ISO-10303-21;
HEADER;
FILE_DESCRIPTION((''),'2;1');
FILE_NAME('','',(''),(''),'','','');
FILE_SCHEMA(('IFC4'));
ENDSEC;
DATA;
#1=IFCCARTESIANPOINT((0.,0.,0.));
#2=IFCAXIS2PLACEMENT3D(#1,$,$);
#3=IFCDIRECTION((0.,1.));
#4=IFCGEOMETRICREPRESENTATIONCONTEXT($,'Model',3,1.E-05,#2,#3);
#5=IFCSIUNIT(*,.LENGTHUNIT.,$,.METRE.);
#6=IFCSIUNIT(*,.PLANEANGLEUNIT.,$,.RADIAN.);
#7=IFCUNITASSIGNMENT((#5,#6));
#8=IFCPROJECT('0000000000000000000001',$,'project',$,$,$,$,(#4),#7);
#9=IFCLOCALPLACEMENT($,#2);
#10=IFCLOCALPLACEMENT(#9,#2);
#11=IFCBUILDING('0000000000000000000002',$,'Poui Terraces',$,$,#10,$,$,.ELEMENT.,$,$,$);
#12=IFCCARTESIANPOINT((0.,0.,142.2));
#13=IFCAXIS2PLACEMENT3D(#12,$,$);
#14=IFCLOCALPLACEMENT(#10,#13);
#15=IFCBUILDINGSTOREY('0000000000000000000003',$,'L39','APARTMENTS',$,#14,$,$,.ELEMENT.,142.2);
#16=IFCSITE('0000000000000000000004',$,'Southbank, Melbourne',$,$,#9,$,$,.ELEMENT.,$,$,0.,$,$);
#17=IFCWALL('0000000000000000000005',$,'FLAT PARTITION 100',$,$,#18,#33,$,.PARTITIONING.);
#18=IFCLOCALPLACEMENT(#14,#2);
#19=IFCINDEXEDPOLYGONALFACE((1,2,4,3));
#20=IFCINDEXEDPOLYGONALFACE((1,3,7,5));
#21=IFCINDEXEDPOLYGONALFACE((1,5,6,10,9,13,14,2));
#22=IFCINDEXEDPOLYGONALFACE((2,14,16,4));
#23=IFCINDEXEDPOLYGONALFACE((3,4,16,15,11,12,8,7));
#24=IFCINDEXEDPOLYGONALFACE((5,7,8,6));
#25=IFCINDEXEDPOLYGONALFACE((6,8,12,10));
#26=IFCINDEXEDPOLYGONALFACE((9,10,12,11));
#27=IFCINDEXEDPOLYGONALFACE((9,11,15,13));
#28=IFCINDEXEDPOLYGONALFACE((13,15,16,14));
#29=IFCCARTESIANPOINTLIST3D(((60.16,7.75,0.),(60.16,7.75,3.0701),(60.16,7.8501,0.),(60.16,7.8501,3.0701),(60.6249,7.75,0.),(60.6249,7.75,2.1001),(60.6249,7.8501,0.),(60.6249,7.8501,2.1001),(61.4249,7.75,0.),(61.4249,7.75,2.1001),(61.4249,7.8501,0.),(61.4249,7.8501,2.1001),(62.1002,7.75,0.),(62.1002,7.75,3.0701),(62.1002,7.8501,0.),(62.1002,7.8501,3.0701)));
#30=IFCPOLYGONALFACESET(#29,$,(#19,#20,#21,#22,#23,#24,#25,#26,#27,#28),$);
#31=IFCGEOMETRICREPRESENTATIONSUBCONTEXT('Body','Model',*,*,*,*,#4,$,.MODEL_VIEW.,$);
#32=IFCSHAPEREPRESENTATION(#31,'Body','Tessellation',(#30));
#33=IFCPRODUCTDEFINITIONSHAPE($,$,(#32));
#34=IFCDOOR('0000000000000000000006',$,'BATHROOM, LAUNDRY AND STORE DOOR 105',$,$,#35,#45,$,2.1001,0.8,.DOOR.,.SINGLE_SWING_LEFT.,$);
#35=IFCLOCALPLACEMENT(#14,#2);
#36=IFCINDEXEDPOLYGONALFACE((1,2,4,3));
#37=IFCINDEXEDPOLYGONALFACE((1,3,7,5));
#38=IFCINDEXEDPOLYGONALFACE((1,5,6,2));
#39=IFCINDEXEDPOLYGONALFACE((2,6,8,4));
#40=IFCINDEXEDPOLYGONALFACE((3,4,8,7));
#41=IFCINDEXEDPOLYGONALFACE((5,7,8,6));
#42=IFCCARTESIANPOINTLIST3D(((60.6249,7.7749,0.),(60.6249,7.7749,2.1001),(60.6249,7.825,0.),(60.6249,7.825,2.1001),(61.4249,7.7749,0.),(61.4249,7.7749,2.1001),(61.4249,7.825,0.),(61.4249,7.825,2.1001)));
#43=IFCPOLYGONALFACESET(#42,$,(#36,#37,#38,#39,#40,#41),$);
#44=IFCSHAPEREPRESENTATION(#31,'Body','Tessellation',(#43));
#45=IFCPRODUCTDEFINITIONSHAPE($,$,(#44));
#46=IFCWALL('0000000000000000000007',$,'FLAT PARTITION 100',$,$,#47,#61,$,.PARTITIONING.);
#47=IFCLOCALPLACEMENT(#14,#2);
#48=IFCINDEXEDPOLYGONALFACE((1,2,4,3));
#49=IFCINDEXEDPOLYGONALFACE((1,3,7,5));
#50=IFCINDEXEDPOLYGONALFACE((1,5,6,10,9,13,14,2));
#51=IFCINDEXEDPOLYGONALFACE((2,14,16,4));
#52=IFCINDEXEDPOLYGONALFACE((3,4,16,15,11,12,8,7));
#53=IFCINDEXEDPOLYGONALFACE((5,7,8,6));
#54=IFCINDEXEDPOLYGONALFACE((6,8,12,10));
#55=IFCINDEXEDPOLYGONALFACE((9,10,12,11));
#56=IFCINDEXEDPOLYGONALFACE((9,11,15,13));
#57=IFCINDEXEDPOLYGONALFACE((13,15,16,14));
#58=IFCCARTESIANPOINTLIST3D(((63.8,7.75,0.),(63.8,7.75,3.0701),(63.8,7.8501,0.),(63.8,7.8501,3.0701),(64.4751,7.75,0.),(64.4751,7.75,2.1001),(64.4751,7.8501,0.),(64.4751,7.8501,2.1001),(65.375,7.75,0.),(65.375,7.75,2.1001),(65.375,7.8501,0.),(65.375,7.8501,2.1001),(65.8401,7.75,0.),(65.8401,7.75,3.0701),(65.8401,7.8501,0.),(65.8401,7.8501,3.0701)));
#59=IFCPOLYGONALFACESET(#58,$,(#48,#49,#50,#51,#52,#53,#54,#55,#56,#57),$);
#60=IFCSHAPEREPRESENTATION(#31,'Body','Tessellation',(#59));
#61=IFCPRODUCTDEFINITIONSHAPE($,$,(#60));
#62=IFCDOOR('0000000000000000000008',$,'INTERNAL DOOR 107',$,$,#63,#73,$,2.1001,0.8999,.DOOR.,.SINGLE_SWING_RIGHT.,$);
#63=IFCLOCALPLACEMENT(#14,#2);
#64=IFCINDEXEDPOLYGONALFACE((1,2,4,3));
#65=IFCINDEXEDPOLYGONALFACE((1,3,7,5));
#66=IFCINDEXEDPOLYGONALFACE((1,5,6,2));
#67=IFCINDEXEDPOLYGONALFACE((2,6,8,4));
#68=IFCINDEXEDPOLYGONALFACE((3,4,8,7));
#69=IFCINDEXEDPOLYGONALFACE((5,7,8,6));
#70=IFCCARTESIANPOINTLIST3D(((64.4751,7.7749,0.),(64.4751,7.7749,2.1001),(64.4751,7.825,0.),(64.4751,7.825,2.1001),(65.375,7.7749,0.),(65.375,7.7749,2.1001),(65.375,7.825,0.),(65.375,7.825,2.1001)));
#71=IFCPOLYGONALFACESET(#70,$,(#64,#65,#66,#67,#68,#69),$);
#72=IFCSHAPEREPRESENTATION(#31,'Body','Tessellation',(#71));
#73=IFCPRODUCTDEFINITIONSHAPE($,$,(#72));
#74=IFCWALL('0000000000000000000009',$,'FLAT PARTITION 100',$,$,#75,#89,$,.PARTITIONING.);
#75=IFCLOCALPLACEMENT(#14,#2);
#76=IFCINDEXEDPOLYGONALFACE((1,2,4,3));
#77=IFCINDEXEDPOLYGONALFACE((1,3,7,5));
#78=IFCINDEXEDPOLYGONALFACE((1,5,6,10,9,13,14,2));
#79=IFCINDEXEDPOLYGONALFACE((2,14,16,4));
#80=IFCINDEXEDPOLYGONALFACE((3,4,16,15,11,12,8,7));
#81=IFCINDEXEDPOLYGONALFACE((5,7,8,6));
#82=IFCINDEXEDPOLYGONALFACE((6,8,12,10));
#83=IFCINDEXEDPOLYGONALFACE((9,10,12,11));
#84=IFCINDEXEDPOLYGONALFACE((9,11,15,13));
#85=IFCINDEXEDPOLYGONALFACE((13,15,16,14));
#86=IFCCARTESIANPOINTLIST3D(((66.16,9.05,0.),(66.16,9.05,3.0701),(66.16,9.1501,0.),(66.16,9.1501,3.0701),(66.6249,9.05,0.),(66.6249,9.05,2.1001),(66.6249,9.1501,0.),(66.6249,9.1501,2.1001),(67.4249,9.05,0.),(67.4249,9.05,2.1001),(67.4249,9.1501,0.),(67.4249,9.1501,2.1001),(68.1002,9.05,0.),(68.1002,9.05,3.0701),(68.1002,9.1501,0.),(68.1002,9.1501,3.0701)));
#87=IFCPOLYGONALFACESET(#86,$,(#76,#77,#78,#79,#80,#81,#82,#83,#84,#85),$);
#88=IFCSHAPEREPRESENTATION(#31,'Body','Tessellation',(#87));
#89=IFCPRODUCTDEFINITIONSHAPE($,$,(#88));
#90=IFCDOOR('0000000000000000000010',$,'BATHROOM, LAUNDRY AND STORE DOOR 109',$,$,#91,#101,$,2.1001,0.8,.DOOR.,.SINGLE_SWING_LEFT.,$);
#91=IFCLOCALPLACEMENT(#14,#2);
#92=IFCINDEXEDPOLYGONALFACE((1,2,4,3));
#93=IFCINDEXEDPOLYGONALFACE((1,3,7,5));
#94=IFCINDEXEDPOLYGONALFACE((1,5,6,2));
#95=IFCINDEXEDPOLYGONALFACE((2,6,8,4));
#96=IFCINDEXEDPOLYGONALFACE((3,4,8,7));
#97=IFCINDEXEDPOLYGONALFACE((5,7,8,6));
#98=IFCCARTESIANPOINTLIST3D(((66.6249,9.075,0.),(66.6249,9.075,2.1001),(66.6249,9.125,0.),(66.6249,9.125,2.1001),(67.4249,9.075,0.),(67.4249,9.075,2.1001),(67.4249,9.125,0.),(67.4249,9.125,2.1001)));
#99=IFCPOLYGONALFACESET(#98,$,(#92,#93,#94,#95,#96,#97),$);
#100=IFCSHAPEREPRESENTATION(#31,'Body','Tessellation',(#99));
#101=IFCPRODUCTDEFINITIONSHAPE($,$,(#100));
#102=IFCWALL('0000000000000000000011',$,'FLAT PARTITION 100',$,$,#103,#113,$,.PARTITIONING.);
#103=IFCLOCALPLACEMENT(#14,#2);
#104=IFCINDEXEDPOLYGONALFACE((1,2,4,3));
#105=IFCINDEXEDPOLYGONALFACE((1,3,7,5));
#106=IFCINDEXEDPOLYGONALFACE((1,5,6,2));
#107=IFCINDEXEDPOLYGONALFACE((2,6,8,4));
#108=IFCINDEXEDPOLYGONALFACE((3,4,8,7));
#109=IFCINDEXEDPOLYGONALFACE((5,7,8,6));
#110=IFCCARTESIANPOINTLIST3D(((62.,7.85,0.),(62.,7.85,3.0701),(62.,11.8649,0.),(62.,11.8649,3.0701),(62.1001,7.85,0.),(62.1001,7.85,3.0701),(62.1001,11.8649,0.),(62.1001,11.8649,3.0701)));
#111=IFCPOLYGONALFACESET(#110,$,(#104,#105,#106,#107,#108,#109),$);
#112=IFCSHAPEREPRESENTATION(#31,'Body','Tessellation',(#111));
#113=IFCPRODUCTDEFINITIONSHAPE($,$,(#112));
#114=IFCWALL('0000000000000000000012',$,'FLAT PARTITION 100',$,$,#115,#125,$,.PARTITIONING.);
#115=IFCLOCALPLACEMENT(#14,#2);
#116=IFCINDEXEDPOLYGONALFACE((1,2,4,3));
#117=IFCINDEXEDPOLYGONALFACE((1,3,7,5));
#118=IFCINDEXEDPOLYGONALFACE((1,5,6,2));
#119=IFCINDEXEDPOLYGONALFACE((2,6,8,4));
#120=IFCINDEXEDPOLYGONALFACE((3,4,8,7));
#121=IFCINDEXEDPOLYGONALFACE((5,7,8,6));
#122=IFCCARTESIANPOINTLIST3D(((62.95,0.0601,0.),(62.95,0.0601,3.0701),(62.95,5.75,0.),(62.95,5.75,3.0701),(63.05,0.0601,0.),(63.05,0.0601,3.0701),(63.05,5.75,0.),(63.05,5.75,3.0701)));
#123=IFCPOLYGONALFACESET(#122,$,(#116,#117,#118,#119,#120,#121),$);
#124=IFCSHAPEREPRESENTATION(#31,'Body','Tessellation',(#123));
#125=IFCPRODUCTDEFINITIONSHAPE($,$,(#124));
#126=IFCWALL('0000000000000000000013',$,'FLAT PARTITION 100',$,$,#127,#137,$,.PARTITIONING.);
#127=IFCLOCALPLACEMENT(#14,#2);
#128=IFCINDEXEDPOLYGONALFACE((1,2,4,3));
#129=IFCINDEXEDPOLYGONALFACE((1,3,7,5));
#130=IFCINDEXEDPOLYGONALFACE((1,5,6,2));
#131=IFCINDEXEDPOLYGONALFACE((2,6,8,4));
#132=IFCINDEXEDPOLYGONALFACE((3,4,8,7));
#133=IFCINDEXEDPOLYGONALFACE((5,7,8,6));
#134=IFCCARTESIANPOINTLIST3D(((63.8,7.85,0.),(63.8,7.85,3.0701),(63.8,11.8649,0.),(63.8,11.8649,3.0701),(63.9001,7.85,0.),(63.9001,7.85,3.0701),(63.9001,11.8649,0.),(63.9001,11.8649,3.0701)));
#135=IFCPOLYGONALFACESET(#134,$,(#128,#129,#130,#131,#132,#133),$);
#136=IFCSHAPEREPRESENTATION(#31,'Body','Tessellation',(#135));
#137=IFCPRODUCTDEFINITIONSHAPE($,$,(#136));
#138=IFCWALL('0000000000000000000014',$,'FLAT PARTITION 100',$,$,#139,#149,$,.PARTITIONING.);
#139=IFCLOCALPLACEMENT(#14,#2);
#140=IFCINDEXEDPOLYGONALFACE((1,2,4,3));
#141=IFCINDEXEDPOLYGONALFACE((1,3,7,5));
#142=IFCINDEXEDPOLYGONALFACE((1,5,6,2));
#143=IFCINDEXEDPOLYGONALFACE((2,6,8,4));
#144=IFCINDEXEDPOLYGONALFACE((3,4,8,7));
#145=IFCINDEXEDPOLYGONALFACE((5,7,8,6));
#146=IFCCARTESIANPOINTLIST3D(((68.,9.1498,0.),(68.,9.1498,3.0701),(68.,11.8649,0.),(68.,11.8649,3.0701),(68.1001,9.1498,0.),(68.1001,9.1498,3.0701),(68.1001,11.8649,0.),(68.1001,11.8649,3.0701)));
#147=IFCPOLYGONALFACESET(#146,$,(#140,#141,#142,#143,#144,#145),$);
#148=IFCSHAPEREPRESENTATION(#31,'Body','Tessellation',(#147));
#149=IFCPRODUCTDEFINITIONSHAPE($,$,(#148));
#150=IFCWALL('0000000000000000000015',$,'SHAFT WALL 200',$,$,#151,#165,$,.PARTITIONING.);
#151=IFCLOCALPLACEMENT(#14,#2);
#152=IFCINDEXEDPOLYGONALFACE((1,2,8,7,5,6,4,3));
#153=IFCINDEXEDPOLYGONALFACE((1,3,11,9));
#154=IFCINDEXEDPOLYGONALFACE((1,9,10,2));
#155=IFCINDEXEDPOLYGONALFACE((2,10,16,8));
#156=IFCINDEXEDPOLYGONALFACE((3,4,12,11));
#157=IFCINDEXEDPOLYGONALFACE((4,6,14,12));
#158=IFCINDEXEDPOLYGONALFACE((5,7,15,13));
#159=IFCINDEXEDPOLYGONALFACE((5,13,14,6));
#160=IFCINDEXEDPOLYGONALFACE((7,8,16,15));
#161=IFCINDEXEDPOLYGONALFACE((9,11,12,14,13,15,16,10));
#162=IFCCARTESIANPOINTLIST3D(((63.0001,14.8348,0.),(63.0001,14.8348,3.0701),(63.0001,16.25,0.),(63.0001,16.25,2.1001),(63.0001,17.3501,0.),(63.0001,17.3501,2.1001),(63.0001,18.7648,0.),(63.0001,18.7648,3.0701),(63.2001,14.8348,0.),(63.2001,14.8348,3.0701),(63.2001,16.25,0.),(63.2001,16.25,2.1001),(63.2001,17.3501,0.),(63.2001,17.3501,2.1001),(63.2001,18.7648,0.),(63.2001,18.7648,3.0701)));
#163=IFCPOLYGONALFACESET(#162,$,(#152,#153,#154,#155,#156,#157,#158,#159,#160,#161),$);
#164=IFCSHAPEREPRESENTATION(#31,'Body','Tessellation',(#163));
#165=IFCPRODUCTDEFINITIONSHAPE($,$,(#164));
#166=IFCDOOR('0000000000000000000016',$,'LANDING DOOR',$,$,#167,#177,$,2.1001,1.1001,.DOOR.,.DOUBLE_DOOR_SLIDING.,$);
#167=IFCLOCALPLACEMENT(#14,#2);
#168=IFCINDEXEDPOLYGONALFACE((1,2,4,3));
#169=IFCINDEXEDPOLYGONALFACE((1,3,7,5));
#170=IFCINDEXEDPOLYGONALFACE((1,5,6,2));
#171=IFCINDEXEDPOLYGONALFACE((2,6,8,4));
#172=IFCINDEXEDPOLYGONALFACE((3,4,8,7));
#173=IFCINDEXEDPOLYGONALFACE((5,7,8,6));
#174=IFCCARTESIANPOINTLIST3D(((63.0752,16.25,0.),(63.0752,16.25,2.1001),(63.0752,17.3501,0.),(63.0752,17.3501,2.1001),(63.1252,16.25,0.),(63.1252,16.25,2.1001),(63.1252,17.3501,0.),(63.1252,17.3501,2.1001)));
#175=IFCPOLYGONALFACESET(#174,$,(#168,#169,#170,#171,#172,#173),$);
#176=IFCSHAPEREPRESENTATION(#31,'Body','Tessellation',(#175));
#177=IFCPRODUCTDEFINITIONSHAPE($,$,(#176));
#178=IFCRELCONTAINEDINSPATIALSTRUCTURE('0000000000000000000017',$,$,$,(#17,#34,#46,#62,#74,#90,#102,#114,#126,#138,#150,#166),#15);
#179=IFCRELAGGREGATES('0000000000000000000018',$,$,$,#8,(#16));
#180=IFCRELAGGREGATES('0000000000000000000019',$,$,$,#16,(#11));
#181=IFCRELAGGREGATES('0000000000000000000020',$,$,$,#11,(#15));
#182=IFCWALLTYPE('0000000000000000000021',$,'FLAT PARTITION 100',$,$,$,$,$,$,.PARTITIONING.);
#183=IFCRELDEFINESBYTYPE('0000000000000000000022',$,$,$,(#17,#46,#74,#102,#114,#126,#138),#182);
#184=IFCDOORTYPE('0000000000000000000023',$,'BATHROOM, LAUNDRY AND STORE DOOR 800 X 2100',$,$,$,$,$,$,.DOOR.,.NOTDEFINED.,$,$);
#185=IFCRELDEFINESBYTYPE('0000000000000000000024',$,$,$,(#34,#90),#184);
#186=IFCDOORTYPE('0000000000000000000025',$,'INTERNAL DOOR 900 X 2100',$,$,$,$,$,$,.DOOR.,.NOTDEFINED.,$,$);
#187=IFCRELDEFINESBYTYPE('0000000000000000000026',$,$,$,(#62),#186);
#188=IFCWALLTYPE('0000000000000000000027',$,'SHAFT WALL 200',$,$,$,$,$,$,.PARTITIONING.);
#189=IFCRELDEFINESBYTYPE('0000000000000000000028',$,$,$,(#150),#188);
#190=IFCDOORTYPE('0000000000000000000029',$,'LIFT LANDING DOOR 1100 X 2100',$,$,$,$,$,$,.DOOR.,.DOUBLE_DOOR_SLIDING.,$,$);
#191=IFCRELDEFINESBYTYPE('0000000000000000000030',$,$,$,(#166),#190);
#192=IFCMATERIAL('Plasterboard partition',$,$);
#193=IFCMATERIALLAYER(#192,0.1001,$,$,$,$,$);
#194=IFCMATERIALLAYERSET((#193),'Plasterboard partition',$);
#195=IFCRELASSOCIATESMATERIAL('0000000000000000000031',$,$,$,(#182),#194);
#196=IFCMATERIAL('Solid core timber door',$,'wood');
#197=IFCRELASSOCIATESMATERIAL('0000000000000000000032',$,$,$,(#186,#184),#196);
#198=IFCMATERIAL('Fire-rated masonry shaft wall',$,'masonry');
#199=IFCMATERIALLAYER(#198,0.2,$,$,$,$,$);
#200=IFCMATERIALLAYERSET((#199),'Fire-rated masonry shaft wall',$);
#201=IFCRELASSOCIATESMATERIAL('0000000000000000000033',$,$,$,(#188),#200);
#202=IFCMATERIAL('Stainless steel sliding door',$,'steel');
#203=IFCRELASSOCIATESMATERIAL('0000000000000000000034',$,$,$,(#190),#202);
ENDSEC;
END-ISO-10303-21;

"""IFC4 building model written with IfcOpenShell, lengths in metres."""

from ifc_helpers import new_model, si_unit, direction, frame, frame_2d, origin, place, context, subcontext, project, spatial, rectangle, extrude, material, layer, layer_set, type_object, element, fill, save


model = new_model("IFC4")

# Units and contexts
model_context = context("Model", 3, precision=1e-05, world=origin(), true_north=direction((0.0, 1.0)))
body_context = subcontext(model_context, "Body", "Model", "MODEL_VIEW")
ifc_project = project(units=[si_unit("LENGTHUNIT", "METRE"), si_unit("PLANEANGLEUNIT", "RADIAN")], contexts=[model_context])

# Site, building, storey
site_placement = place(None, origin())
site = spatial("IfcSite", under=ifc_project, at=site_placement, Name="Southbank, Melbourne", CompositionType="ELEMENT", RefElevation=0.0)
building_placement = place(site_placement, origin())
building = spatial("IfcBuilding", under=site, at=building_placement, Name="Poui Terraces", CompositionType="ELEMENT")
storey_placement = place(building_placement, frame((0.0, 0.0, 142.2)))
storey = spatial("IfcBuildingStorey", under=building, at=storey_placement, Name="L39", Description="APARTMENTS", CompositionType="ELEMENT", Elevation=142.2)

# Walls, openings, doors
ifc_material_1 = material(Name="Plasterboard partition")
ifc_layer_1 = layer(ifc_material_1, 0.1001)
ifc_layer_set_1 = layer_set([ifc_layer_1], Name="Plasterboard partition")
wall_type_1 = type_object("IfcWallType", Name="FLAT PARTITION 100", PredefinedType="PARTITIONING", material=ifc_layer_set_1)
ifc_material_2 = material(Name="Solid core timber door", Category="wood")
door_type_1 = type_object("IfcDoorType", Name="INTERNAL DOOR 900 X 2100", OperationType="NOTDEFINED", PredefinedType="DOOR", material=ifc_material_2)
wall_1_placement = place(storey_placement, frame((60.1599, 7.8, 0.0), z_axis=(0.0, 0.0, 1.0), x_axis=(1.0, 0.0, 0.0)))
wall_1 = element("IfcWall", 1, at=wall_1_placement, inside=storey, type_object=wall_type_1, Name="FLAT PARTITION 100", PredefinedType="PARTITIONING", context=body_context, shape_type="SweptSolid", body=[
    extrude(rectangle(XDim=1.9402, YDim=0.1001, at=frame_2d((0.9702, 0.0))), origin(), (0.0, 0.0, 1.0), 3.0701),
])
opening_1_placement = place(wall_1_placement, frame((0.4651, 0.0, 0.0)))
opening_1 = element("IfcOpeningElement", 2, at=opening_1_placement, cuts=wall_1, PredefinedType="OPENING", context=body_context, shape_type="SweptSolid", body=[
    extrude(rectangle(XDim=0.8, YDim=2.1001, at=frame_2d((0.3999, 1.05))), frame((0.0, 0.0601, 0.0), z_axis=(0.0, -1.0, 0.0), x_axis=(1.0, 0.0, 0.0)), (0.0, 0.0, 1.0), 0.1201),
])
door_type_2 = type_object("IfcDoorType", Name="BATHROOM, LAUNDRY AND STORE DOOR 800 X 2100", OperationType="NOTDEFINED", PredefinedType="DOOR", material=ifc_material_2)
door_1_placement = place(opening_1_placement, origin())
door_1 = element("IfcDoor", 3, at=door_1_placement, inside=storey, type_object=door_type_2, Name="BATHROOM, LAUNDRY AND STORE DOOR 105", OperationType="SINGLE_SWING_LEFT", OverallHeight=2.1001, OverallWidth=0.8, PredefinedType="DOOR", context=body_context, shape_type="SweptSolid", body=[
    extrude(rectangle(XDim=0.8, YDim=2.1001, at=frame_2d((0.3999, 1.05))), frame((0.0, 0.0249, 0.0), z_axis=(0.0, -1.0, 0.0), x_axis=(1.0, 0.0, 0.0)), (0.0, 0.0, 1.0), 0.05),
])
fill(opening_1, door_1)
wall_2_placement = place(storey_placement, frame((63.8, 7.8, 0.0), z_axis=(0.0, 0.0, 1.0), x_axis=(1.0, 0.0, 0.0)))
wall_2 = element("IfcWall", 4, at=wall_2_placement, inside=storey, type_object=wall_type_1, Name="FLAT PARTITION 100", PredefinedType="PARTITIONING", context=body_context, shape_type="SweptSolid", body=[
    extrude(rectangle(XDim=2.04, YDim=0.1001, at=frame_2d((1.02, 0.0))), origin(), (0.0, 0.0, 1.0), 3.0701),
])
opening_2_placement = place(wall_2_placement, frame((0.675, 0.0, 0.0)))
opening_2 = element("IfcOpeningElement", 5, at=opening_2_placement, cuts=wall_2, PredefinedType="OPENING", context=body_context, shape_type="SweptSolid", body=[
    extrude(rectangle(XDim=0.8999, YDim=2.1001, at=frame_2d((0.45, 1.05))), frame((0.0, 0.0601, 0.0), z_axis=(0.0, -1.0, 0.0), x_axis=(1.0, 0.0, 0.0)), (0.0, 0.0, 1.0), 0.1201),
])
door_2_placement = place(opening_2_placement, origin())
door_2 = element("IfcDoor", 6, at=door_2_placement, inside=storey, type_object=door_type_1, Name="INTERNAL DOOR 107", OperationType="SINGLE_SWING_RIGHT", OverallHeight=2.1001, OverallWidth=0.8999, PredefinedType="DOOR", context=body_context, shape_type="SweptSolid", body=[
    extrude(rectangle(XDim=0.8999, YDim=2.1001, at=frame_2d((0.45, 1.05))), frame((0.0, 0.0249, 0.0), z_axis=(0.0, -1.0, 0.0), x_axis=(1.0, 0.0, 0.0)), (0.0, 0.0, 1.0), 0.05),
])
fill(opening_2, door_2)
wall_3_placement = place(storey_placement, frame((66.1599, 9.1001, 0.0), z_axis=(0.0, 0.0, 1.0), x_axis=(1.0, 0.0, 0.0)))
wall_3 = element("IfcWall", 7, at=wall_3_placement, inside=storey, type_object=wall_type_1, Name="FLAT PARTITION 100", PredefinedType="PARTITIONING", context=body_context, shape_type="SweptSolid", body=[
    extrude(rectangle(XDim=1.9402, YDim=0.1001, at=frame_2d((0.9702, 0.0))), origin(), (0.0, 0.0, 1.0), 3.0701),
])
opening_3_placement = place(wall_3_placement, frame((0.4651, 0.0, 0.0)))
opening_3 = element("IfcOpeningElement", 8, at=opening_3_placement, cuts=wall_3, PredefinedType="OPENING", context=body_context, shape_type="SweptSolid", body=[
    extrude(rectangle(XDim=0.8, YDim=2.1001, at=frame_2d((0.3999, 1.05))), frame((0.0, 0.0601, 0.0), z_axis=(0.0, -1.0, 0.0), x_axis=(1.0, 0.0, 0.0)), (0.0, 0.0, 1.0), 0.1201),
])
door_3_placement = place(opening_3_placement, origin())
door_3 = element("IfcDoor", 9, at=door_3_placement, inside=storey, type_object=door_type_2, Name="BATHROOM, LAUNDRY AND STORE DOOR 109", OperationType="SINGLE_SWING_LEFT", OverallHeight=2.1001, OverallWidth=0.8, PredefinedType="DOOR", context=body_context, shape_type="SweptSolid", body=[
    extrude(rectangle(XDim=0.8, YDim=2.1001, at=frame_2d((0.3999, 1.05))), frame((0.0, 0.0249, 0.0), z_axis=(0.0, -1.0, 0.0), x_axis=(1.0, 0.0, 0.0)), (0.0, 0.0, 1.0), 0.05),
])
fill(opening_3, door_3)

# Walls
wall_4_placement = place(storey_placement, frame((62.05, 7.8501, 0.0), z_axis=(0.0, 0.0, 1.0), x_axis=(0.0, 1.0, 0.0)))
element("IfcWall", 10, at=wall_4_placement, inside=storey, type_object=wall_type_1, Name="FLAT PARTITION 100", PredefinedType="PARTITIONING", context=body_context, shape_type="SweptSolid", body=[
    extrude(rectangle(XDim=4.0149, YDim=0.1001, at=frame_2d((2.0073, 0.0))), origin(), (0.0, 0.0, 1.0), 3.0701),
])
wall_5_placement = place(storey_placement, frame((63.0, 0.0601, 0.0), z_axis=(0.0, 0.0, 1.0), x_axis=(0.0, 1.0, 0.0)))
element("IfcWall", 11, at=wall_5_placement, inside=storey, type_object=wall_type_1, Name="FLAT PARTITION 100", PredefinedType="PARTITIONING", context=body_context, shape_type="SweptSolid", body=[
    extrude(rectangle(XDim=5.6899, YDim=0.1001, at=frame_2d((2.845, 0.0))), origin(), (0.0, 0.0, 1.0), 3.0701),
])
wall_6_placement = place(storey_placement, frame((63.8501, 7.8501, 0.0), z_axis=(0.0, 0.0, 1.0), x_axis=(0.0, 1.0, 0.0)))
element("IfcWall", 12, at=wall_6_placement, inside=storey, type_object=wall_type_1, Name="FLAT PARTITION 100", PredefinedType="PARTITIONING", context=body_context, shape_type="SweptSolid", body=[
    extrude(rectangle(XDim=4.0149, YDim=0.1001, at=frame_2d((2.0073, 0.0))), origin(), (0.0, 0.0, 1.0), 3.0701),
])
wall_7_placement = place(storey_placement, frame((68.05, 9.1499, 0.0), z_axis=(0.0, 0.0, 1.0), x_axis=(0.0, 1.0, 0.0)))
element("IfcWall", 13, at=wall_7_placement, inside=storey, type_object=wall_type_1, Name="FLAT PARTITION 100", PredefinedType="PARTITIONING", context=body_context, shape_type="SweptSolid", body=[
    extrude(rectangle(XDim=2.7151, YDim=0.1001, at=frame_2d((1.3574, 0.0))), origin(), (0.0, 0.0, 1.0), 3.0701),
])
ifc_material_3 = material(Name="Fire-rated masonry shaft wall", Category="masonry")
ifc_layer_2 = layer(ifc_material_3, 0.2)
ifc_layer_set_2 = layer_set([ifc_layer_2], Name="Fire-rated masonry shaft wall")
wall_type_2 = type_object("IfcWallType", Name="SHAFT WALL 200", PredefinedType="PARTITIONING", material=ifc_layer_set_2)

# Wall, opening, door
wall_8_placement = place(storey_placement, frame((63.1001, 14.835, 0.0), z_axis=(0.0, 0.0, 1.0), x_axis=(0.0, 1.0, 0.0)))
wall_8 = element("IfcWall", 14, at=wall_8_placement, inside=storey, type_object=wall_type_2, Name="SHAFT WALL 200", PredefinedType="PARTITIONING", context=body_context, shape_type="SweptSolid", body=[
    extrude(rectangle(XDim=3.9299, YDim=0.2, at=frame_2d((1.9648, 0.0))), origin(), (0.0, 0.0, 1.0), 3.0701),
])
opening_4_placement = place(wall_8_placement, frame((1.415, 0.0, 0.0)))
opening_4 = element("IfcOpeningElement", 15, at=opening_4_placement, cuts=wall_8, PredefinedType="OPENING", context=body_context, shape_type="SweptSolid", body=[
    extrude(rectangle(XDim=1.1001, YDim=2.1001, at=frame_2d((0.55, 1.05))), frame((0.0, 0.1099, 0.0), z_axis=(0.0, -1.0, 0.0), x_axis=(1.0, 0.0, 0.0)), (0.0, 0.0, 1.0), 0.22),
])
ifc_material_4 = material(Name="Stainless steel sliding door", Category="steel")
door_type_3 = type_object("IfcDoorType", Name="LIFT LANDING DOOR 1100 X 2100", OperationType="DOUBLE_DOOR_SLIDING", PredefinedType="DOOR", material=ifc_material_4)
door_4_placement = place(opening_4_placement, origin())
door_4 = element("IfcDoor", 16, at=door_4_placement, inside=storey, type_object=door_type_3, Name="LANDING DOOR", OperationType="DOUBLE_DOOR_SLIDING", OverallHeight=2.1001, OverallWidth=1.1001, PredefinedType="DOOR", context=body_context, shape_type="SweptSolid", body=[
    extrude(rectangle(XDim=1.1001, YDim=2.1001, at=frame_2d((0.55, 1.05))), frame((0.0, 0.0249, 0.0), z_axis=(0.0, -1.0, 0.0), x_axis=(1.0, 0.0, 0.0)), (0.0, 0.0, 1.0), 0.05),
])
fill(opening_4, door_4)

save(model, "model.ifc")
